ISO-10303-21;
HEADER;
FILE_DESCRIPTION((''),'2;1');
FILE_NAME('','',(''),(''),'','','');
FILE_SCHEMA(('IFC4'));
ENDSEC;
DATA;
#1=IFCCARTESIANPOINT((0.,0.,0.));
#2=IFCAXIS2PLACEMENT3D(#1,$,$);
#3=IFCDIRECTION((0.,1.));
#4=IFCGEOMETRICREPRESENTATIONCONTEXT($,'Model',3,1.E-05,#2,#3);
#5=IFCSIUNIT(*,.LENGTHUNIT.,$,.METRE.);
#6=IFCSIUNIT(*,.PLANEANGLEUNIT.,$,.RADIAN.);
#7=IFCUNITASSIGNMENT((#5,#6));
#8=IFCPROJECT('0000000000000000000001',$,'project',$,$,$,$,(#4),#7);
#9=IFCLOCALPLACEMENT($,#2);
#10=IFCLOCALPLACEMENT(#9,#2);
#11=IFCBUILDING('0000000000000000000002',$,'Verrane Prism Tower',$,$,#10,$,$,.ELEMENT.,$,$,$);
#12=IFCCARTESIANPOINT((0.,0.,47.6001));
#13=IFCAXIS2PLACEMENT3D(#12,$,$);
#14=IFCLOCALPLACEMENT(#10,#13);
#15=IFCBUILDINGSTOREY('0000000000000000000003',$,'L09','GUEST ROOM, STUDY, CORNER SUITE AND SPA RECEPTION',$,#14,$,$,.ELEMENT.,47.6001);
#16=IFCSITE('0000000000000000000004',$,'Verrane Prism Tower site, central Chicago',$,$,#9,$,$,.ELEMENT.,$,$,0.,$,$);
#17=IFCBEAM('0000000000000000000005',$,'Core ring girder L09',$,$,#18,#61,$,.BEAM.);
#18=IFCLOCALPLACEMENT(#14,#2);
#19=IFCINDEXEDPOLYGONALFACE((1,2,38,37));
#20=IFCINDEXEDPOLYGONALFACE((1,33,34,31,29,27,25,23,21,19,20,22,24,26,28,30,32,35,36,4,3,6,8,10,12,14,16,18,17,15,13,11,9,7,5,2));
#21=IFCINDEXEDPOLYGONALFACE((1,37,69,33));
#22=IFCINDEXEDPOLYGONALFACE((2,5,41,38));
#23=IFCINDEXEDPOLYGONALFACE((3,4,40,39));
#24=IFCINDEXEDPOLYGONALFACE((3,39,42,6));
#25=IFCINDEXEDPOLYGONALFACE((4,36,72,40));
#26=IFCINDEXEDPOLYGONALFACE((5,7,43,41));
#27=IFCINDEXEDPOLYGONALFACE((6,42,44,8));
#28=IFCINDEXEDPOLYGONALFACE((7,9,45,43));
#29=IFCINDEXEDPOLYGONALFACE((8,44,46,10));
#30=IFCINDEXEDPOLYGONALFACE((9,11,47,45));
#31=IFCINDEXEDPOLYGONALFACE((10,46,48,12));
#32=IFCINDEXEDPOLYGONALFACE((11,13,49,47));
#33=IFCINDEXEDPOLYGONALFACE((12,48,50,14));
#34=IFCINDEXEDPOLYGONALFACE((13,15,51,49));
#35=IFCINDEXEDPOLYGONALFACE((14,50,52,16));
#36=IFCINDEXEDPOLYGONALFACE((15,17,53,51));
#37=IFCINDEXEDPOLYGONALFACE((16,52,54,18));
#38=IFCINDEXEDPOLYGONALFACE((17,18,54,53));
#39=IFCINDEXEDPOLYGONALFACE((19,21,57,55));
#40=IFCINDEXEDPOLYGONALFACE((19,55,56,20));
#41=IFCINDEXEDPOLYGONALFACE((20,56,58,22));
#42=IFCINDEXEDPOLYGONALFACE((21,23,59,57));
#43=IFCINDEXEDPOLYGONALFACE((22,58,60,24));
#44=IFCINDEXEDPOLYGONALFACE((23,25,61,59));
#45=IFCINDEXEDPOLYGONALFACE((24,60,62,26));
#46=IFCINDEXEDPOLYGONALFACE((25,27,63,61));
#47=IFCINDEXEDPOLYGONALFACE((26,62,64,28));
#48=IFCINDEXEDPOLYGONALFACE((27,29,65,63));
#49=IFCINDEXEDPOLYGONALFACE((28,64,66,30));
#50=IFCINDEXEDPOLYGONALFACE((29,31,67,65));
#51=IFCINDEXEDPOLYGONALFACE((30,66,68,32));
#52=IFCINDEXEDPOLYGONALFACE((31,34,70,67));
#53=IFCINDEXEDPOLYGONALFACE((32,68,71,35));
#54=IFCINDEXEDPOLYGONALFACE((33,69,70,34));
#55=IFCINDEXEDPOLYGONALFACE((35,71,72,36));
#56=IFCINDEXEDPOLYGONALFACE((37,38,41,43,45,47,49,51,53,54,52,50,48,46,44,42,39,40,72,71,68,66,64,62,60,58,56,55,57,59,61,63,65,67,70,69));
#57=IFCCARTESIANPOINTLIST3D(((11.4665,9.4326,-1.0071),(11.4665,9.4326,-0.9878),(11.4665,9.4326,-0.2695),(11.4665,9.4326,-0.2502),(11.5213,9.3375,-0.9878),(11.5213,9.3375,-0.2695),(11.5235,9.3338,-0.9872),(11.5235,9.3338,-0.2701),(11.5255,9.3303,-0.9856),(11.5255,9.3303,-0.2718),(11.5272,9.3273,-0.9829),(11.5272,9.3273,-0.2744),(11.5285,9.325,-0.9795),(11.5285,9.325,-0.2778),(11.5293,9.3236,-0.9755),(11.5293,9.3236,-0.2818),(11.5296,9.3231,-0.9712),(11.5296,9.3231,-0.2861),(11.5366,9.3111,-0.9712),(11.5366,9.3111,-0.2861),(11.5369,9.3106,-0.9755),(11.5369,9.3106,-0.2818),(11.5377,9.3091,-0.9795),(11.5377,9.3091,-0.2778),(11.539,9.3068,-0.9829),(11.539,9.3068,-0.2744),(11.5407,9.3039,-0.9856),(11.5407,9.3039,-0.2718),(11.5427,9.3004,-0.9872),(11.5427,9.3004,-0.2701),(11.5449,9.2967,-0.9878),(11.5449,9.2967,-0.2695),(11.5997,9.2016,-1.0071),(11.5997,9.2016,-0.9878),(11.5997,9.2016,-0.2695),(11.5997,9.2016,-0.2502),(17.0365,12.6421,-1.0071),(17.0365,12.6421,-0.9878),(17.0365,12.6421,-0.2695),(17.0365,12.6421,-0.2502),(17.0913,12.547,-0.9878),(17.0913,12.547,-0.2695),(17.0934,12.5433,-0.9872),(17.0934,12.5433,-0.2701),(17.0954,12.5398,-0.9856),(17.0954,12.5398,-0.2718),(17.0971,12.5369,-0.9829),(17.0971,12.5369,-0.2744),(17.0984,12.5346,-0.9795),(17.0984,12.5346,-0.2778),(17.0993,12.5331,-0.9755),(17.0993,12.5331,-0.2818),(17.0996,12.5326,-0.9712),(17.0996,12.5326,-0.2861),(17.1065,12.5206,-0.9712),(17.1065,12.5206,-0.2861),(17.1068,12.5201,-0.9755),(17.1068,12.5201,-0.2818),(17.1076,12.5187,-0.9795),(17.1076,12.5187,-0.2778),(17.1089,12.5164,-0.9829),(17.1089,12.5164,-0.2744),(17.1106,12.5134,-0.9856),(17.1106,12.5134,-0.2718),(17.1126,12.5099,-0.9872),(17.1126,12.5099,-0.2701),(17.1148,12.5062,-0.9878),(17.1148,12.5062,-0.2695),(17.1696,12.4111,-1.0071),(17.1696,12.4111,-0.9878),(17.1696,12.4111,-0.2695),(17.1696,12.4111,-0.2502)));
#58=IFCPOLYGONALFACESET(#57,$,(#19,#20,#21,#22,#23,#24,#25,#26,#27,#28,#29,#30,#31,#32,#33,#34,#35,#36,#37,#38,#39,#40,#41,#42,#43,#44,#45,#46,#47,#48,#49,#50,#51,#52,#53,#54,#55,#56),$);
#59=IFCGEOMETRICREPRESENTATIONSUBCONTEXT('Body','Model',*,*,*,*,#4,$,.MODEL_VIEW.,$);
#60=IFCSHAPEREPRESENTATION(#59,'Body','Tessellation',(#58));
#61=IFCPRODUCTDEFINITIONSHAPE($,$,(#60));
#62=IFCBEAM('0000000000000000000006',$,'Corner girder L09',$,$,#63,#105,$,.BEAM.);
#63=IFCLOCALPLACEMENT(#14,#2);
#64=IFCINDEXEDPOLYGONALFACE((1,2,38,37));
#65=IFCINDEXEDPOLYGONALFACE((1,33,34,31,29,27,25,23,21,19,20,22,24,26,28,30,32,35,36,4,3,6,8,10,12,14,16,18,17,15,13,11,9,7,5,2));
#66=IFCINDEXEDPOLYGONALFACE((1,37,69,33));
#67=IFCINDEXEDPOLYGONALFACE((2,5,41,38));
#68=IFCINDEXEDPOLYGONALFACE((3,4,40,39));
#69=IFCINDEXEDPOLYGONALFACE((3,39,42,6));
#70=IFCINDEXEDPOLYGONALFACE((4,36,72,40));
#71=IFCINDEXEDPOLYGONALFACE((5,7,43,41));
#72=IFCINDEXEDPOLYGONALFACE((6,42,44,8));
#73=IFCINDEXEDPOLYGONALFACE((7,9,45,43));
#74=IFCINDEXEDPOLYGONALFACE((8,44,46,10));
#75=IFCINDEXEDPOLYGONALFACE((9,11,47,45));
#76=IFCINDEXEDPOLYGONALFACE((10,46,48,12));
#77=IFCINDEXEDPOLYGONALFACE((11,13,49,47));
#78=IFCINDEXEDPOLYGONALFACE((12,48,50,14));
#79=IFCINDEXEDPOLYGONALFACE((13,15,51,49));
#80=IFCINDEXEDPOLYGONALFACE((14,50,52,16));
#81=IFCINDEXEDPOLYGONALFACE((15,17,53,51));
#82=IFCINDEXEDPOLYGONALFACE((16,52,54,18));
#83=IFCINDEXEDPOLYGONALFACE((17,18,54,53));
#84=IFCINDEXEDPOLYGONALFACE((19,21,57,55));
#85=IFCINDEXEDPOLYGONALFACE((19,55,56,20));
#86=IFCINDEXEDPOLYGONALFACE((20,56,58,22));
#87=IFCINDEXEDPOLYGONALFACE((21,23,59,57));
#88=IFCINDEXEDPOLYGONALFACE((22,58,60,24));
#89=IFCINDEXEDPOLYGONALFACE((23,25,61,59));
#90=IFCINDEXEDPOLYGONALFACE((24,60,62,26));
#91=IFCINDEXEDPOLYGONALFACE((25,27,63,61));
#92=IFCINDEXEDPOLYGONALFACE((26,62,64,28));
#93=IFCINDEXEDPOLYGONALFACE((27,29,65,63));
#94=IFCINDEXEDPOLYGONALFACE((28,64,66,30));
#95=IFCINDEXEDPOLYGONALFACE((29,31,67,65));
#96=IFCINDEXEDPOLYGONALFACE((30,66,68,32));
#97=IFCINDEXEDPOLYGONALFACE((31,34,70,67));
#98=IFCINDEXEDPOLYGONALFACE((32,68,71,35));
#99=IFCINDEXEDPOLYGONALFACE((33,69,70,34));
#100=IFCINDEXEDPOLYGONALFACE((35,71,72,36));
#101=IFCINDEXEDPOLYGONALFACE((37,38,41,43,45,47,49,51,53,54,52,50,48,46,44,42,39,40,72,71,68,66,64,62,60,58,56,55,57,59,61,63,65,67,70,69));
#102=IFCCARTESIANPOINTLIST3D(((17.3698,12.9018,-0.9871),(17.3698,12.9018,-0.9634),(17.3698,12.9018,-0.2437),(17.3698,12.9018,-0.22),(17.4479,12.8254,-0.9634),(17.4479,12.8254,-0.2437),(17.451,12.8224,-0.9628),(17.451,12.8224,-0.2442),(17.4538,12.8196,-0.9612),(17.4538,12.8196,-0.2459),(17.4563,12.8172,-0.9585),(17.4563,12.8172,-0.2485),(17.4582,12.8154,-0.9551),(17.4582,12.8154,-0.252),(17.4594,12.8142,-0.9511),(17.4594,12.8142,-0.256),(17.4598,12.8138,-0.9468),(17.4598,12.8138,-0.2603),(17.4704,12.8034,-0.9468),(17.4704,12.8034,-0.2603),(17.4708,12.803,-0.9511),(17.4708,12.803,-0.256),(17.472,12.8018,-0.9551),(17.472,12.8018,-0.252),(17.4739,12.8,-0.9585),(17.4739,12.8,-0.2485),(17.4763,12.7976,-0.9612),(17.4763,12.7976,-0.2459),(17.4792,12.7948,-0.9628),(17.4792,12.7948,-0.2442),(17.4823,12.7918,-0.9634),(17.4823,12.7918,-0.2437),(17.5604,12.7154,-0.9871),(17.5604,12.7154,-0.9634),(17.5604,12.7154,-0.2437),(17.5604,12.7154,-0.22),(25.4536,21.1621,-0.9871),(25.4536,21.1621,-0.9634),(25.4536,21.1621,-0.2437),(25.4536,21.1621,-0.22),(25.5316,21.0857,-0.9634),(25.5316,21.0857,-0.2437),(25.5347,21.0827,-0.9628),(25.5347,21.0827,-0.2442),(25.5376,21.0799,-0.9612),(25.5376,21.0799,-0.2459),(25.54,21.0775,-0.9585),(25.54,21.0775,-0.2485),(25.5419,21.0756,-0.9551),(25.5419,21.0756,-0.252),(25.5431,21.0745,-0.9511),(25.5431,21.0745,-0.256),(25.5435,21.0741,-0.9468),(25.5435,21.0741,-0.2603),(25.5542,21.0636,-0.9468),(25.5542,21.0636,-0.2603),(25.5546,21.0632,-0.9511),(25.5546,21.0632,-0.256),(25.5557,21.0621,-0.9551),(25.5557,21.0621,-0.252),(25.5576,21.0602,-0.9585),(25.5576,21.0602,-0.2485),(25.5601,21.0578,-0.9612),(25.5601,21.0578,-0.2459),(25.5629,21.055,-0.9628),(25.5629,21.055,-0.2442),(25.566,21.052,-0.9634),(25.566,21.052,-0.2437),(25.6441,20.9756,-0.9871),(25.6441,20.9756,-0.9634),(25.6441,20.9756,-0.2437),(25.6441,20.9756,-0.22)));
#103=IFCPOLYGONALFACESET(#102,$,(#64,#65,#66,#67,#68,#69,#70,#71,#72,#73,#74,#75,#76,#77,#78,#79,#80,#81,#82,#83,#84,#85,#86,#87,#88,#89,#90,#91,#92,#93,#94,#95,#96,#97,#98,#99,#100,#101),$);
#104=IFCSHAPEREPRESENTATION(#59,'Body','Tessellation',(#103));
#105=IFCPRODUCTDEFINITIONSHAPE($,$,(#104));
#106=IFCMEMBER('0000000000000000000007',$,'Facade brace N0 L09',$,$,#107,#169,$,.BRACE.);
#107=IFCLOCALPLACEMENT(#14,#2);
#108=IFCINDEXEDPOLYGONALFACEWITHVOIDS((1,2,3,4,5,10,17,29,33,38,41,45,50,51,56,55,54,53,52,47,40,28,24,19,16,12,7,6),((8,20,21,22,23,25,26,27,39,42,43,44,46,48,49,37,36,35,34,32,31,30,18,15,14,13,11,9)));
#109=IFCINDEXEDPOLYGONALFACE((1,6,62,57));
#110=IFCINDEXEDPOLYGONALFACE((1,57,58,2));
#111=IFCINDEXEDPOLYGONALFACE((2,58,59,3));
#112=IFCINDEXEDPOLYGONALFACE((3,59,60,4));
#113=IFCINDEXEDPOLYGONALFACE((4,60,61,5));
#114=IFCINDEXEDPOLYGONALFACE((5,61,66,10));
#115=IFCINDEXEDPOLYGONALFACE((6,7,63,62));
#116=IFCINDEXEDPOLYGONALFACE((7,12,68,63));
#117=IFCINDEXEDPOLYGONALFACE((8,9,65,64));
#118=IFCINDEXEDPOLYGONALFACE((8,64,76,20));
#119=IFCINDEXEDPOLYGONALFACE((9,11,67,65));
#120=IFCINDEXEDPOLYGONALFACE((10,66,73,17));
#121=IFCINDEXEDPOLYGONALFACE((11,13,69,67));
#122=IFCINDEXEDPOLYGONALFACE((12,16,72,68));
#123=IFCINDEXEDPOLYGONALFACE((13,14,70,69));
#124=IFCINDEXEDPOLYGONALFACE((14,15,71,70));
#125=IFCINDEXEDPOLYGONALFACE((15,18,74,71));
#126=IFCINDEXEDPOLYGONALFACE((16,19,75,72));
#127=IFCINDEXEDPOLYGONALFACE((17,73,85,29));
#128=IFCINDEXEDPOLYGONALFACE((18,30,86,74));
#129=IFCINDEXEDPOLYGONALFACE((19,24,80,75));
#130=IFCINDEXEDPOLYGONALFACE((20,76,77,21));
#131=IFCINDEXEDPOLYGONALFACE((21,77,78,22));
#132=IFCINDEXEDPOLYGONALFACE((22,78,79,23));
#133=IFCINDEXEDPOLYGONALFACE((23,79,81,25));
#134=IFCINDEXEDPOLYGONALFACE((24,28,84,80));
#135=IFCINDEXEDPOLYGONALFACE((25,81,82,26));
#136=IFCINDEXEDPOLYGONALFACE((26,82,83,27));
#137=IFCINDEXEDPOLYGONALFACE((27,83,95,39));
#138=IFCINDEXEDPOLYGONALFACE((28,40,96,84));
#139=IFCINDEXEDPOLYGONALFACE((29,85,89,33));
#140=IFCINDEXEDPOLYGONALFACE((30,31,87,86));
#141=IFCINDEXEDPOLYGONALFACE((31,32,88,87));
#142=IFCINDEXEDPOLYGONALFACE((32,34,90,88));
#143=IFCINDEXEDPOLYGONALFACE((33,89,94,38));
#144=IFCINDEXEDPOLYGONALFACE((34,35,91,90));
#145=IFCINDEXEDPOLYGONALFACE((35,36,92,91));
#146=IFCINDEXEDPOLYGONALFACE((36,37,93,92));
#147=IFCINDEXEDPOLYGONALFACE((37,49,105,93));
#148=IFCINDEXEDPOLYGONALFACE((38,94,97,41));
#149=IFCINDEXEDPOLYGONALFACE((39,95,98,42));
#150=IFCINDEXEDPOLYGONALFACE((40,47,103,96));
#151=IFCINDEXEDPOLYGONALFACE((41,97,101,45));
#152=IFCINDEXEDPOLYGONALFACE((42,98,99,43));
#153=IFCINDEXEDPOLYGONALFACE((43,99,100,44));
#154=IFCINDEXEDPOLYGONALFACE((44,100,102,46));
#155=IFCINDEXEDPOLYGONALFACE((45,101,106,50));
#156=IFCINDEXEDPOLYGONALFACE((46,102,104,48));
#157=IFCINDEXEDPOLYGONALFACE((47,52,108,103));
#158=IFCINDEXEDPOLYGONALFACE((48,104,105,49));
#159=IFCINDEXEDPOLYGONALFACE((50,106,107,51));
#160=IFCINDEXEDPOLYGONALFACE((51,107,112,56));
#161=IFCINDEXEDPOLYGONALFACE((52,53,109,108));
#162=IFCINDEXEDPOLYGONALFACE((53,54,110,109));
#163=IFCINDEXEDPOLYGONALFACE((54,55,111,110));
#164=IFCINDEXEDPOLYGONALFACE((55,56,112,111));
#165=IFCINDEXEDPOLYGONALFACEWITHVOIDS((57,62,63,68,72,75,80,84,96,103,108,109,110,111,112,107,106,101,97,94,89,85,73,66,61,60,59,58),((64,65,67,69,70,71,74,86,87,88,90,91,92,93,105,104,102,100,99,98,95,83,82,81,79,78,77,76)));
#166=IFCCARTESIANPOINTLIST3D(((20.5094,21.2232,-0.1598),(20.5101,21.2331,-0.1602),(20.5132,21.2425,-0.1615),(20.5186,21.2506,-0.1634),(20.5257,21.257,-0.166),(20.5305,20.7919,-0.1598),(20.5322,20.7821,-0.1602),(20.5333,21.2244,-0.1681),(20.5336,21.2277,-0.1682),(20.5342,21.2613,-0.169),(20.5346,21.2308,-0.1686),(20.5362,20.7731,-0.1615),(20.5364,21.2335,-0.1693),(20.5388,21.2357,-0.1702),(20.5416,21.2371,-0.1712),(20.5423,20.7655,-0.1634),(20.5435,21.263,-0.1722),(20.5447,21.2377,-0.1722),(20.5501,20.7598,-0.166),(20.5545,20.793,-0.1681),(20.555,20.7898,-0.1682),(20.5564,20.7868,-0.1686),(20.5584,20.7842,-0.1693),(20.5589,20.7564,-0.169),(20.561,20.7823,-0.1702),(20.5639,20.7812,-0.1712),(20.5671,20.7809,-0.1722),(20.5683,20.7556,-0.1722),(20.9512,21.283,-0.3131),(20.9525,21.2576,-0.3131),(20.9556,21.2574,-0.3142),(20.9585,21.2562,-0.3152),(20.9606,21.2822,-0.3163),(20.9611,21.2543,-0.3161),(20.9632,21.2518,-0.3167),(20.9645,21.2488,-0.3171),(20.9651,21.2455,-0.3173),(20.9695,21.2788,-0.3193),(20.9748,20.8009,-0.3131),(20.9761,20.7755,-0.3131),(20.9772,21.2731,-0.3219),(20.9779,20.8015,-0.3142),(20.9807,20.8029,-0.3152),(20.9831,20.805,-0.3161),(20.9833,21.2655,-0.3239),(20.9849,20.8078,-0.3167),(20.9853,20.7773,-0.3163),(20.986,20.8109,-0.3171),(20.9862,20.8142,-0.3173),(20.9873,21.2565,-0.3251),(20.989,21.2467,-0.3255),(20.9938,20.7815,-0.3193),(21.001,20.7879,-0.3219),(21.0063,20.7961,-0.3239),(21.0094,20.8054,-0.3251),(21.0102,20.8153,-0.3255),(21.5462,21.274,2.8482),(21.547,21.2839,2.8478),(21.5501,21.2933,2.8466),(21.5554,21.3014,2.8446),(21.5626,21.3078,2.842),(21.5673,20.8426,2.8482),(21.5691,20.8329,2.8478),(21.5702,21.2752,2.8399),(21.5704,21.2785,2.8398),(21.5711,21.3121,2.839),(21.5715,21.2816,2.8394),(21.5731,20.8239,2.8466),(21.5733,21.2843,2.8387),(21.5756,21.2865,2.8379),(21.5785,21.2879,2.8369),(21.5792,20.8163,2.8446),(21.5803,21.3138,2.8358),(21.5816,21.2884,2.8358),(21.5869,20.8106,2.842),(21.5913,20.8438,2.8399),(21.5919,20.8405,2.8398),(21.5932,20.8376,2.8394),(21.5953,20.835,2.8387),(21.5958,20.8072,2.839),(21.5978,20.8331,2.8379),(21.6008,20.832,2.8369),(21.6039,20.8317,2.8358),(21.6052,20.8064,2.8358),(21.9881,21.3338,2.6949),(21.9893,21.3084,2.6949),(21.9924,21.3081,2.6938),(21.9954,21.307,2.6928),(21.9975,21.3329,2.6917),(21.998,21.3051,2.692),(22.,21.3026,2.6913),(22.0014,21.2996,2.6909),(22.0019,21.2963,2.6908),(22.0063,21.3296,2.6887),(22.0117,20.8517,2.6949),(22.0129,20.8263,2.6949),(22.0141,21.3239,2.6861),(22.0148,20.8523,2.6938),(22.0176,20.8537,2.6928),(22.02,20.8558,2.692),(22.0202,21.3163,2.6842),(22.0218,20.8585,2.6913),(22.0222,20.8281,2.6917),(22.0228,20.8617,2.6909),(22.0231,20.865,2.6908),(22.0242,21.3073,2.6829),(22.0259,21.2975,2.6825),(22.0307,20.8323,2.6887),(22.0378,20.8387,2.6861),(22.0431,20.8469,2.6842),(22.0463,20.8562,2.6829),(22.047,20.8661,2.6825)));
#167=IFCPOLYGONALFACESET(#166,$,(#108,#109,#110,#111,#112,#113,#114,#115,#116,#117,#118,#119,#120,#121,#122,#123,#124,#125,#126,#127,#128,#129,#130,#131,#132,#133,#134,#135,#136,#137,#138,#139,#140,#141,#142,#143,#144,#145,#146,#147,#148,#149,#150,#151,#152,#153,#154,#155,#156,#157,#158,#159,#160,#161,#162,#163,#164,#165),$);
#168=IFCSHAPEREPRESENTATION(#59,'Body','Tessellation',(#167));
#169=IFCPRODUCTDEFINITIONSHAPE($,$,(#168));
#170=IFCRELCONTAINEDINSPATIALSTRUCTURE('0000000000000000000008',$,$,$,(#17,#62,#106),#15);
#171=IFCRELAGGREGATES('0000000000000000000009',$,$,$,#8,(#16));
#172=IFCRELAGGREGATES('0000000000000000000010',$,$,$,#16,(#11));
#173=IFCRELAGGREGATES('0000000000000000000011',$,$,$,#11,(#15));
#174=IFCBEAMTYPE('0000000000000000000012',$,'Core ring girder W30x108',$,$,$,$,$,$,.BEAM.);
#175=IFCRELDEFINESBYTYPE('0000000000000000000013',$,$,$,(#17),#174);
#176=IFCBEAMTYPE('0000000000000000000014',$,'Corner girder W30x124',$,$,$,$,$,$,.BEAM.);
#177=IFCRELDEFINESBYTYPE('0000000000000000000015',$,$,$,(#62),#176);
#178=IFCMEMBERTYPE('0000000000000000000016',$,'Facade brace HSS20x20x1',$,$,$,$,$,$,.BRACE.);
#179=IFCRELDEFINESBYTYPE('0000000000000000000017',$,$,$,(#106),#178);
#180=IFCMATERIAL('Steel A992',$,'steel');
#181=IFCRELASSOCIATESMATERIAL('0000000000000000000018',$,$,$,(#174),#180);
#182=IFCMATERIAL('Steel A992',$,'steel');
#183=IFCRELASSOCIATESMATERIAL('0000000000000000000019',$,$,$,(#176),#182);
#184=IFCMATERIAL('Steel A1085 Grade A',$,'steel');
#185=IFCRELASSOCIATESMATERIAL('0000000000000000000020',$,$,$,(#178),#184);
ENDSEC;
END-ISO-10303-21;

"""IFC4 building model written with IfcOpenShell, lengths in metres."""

from ifc_helpers import new_model, si_unit, direction, frame, origin, origin_2d, place, context, subcontext, project, spatial, hollow_rectangle, i_section, extrude, material, material_profile, profile_set, type_object, element, save


model = new_model("IFC4")

# Units and contexts
model_context = context("Model", 3, precision=1e-05, world=origin(), true_north=direction((0.0, 1.0)))
body_context = subcontext(model_context, "Body", "Model", "MODEL_VIEW")
ifc_project = project(units=[si_unit("LENGTHUNIT", "METRE"), si_unit("PLANEANGLEUNIT", "RADIAN")], contexts=[model_context])

# Site, building, storey
site_placement = place(None, origin())
site = spatial("IfcSite", under=ifc_project, at=site_placement, Name="Verrane Prism Tower site, central Chicago", CompositionType="ELEMENT", RefElevation=0.0)
building_placement = place(site_placement, origin())
building = spatial("IfcBuilding", under=site, at=building_placement, Name="Verrane Prism Tower", CompositionType="ELEMENT")
storey_placement = place(building_placement, frame((0.0, 0.0, 47.6001)))
storey = spatial("IfcBuildingStorey", under=building, at=storey_placement, Name="L09", Description="GUEST ROOM, STUDY, CORNER SUITE AND SPA RECEPTION", CompositionType="ELEMENT", Elevation=47.6001)

# Beams
ifc_material_1 = material(Name="Steel A992", Category="steel")
ifc_material_profile_1 = material_profile(ifc_material_1, i_section(OverallWidth=0.2666, OverallDepth=0.7568, WebThickness=0.0139, FlangeThickness=0.0193, FilletRadius=0.0166, at=origin_2d()), Name="W30x108")
ifc_profile_set_1 = profile_set([ifc_material_profile_1], Name="Steel A992")
beam_type_1 = type_object("IfcBeamType", Name="Core ring girder W30x108", PredefinedType="BEAM", material=ifc_profile_set_1)
beam_1_placement = place(storey_placement, frame((17.103, 12.5266, -0.6287), z_axis=(-0.866447, -0.499269, 0.0), x_axis=(0.499269, -0.866447, 0.0)))
element("IfcBeam", 1, at=beam_1_placement, inside=storey, type_object=beam_type_1, Name="Core ring girder L09", PredefinedType="BEAM", context=body_context, shape_type="SweptSolid", body=[
    extrude(i_section(OverallWidth=0.2666, OverallDepth=0.7568, WebThickness=0.0139, FlangeThickness=0.0193, FilletRadius=0.0166, at=origin_2d()), origin(), (0.0, 0.0, 1.0), 6.4285),
])
ifc_material_2 = material(Name="Steel A992", Category="steel")
ifc_material_profile_2 = material_profile(ifc_material_2, i_section(OverallWidth=0.2666, OverallDepth=0.7671, WebThickness=0.0149, FlangeThickness=0.0237, FilletRadius=0.0166, at=origin_2d()), Name="W30x124")
ifc_profile_set_2 = profile_set([ifc_material_profile_2], Name="Steel A992")
beam_type_2 = type_object("IfcBeamType", Name="Corner girder W30x124", PredefinedType="BEAM", material=ifc_profile_set_2)
beam_2_placement = place(storey_placement, frame((25.5488, 21.0688, -0.6035), z_axis=(-0.699429, -0.714702, 0.0), x_axis=(0.714702, -0.699429, 0.0)))
element("IfcBeam", 2, at=beam_2_placement, inside=storey, type_object=beam_type_2, Name="Corner girder L09", PredefinedType="BEAM", context=body_context, shape_type="SweptSolid", body=[
    extrude(i_section(OverallWidth=0.2666, OverallDepth=0.7671, WebThickness=0.0149, FlangeThickness=0.0237, FilletRadius=0.0166, at=origin_2d()), origin(), (0.0, 0.0, 1.0), 11.5576),
])

# Member
ifc_material_3 = material(Name="Steel A1085 Grade A", Category="steel")
ifc_material_profile_3 = material_profile(ifc_material_3, hollow_rectangle(XDim=0.5081, YDim=0.5081, WallThickness=0.0254, InnerFilletRadius=0.0127, OuterFilletRadius=0.0381, at=origin_2d()), Name="HSS20x20x1")
ifc_profile_set_3 = profile_set([ifc_material_profile_3], Name="Steel A1085 Grade A")
member_type_1 = type_object("IfcMemberType", Name="Facade brace HSS20x20x1", PredefinedType="BRACE", material=ifc_profile_set_3)
member_1_placement = place(storey_placement, frame((20.7598, 21.0193, -0.2427), z_axis=(0.325838, 0.015958, 0.945291), x_axis=(-0.048917, 0.998803, 0.0)))
element("IfcMember", 3, at=member_1_placement, inside=storey, type_object=member_type_1, Name="Facade brace N0 L09", PredefinedType="BRACE", context=body_context, shape_type="SweptSolid", body=[
    extrude(hollow_rectangle(XDim=0.5081, YDim=0.5081, WallThickness=0.0254, InnerFilletRadius=0.0127, OuterFilletRadius=0.0381, at=origin_2d()), origin(), (0.0, 0.0, 1.0), 3.1821),
])

save(model, "model.ifc")
